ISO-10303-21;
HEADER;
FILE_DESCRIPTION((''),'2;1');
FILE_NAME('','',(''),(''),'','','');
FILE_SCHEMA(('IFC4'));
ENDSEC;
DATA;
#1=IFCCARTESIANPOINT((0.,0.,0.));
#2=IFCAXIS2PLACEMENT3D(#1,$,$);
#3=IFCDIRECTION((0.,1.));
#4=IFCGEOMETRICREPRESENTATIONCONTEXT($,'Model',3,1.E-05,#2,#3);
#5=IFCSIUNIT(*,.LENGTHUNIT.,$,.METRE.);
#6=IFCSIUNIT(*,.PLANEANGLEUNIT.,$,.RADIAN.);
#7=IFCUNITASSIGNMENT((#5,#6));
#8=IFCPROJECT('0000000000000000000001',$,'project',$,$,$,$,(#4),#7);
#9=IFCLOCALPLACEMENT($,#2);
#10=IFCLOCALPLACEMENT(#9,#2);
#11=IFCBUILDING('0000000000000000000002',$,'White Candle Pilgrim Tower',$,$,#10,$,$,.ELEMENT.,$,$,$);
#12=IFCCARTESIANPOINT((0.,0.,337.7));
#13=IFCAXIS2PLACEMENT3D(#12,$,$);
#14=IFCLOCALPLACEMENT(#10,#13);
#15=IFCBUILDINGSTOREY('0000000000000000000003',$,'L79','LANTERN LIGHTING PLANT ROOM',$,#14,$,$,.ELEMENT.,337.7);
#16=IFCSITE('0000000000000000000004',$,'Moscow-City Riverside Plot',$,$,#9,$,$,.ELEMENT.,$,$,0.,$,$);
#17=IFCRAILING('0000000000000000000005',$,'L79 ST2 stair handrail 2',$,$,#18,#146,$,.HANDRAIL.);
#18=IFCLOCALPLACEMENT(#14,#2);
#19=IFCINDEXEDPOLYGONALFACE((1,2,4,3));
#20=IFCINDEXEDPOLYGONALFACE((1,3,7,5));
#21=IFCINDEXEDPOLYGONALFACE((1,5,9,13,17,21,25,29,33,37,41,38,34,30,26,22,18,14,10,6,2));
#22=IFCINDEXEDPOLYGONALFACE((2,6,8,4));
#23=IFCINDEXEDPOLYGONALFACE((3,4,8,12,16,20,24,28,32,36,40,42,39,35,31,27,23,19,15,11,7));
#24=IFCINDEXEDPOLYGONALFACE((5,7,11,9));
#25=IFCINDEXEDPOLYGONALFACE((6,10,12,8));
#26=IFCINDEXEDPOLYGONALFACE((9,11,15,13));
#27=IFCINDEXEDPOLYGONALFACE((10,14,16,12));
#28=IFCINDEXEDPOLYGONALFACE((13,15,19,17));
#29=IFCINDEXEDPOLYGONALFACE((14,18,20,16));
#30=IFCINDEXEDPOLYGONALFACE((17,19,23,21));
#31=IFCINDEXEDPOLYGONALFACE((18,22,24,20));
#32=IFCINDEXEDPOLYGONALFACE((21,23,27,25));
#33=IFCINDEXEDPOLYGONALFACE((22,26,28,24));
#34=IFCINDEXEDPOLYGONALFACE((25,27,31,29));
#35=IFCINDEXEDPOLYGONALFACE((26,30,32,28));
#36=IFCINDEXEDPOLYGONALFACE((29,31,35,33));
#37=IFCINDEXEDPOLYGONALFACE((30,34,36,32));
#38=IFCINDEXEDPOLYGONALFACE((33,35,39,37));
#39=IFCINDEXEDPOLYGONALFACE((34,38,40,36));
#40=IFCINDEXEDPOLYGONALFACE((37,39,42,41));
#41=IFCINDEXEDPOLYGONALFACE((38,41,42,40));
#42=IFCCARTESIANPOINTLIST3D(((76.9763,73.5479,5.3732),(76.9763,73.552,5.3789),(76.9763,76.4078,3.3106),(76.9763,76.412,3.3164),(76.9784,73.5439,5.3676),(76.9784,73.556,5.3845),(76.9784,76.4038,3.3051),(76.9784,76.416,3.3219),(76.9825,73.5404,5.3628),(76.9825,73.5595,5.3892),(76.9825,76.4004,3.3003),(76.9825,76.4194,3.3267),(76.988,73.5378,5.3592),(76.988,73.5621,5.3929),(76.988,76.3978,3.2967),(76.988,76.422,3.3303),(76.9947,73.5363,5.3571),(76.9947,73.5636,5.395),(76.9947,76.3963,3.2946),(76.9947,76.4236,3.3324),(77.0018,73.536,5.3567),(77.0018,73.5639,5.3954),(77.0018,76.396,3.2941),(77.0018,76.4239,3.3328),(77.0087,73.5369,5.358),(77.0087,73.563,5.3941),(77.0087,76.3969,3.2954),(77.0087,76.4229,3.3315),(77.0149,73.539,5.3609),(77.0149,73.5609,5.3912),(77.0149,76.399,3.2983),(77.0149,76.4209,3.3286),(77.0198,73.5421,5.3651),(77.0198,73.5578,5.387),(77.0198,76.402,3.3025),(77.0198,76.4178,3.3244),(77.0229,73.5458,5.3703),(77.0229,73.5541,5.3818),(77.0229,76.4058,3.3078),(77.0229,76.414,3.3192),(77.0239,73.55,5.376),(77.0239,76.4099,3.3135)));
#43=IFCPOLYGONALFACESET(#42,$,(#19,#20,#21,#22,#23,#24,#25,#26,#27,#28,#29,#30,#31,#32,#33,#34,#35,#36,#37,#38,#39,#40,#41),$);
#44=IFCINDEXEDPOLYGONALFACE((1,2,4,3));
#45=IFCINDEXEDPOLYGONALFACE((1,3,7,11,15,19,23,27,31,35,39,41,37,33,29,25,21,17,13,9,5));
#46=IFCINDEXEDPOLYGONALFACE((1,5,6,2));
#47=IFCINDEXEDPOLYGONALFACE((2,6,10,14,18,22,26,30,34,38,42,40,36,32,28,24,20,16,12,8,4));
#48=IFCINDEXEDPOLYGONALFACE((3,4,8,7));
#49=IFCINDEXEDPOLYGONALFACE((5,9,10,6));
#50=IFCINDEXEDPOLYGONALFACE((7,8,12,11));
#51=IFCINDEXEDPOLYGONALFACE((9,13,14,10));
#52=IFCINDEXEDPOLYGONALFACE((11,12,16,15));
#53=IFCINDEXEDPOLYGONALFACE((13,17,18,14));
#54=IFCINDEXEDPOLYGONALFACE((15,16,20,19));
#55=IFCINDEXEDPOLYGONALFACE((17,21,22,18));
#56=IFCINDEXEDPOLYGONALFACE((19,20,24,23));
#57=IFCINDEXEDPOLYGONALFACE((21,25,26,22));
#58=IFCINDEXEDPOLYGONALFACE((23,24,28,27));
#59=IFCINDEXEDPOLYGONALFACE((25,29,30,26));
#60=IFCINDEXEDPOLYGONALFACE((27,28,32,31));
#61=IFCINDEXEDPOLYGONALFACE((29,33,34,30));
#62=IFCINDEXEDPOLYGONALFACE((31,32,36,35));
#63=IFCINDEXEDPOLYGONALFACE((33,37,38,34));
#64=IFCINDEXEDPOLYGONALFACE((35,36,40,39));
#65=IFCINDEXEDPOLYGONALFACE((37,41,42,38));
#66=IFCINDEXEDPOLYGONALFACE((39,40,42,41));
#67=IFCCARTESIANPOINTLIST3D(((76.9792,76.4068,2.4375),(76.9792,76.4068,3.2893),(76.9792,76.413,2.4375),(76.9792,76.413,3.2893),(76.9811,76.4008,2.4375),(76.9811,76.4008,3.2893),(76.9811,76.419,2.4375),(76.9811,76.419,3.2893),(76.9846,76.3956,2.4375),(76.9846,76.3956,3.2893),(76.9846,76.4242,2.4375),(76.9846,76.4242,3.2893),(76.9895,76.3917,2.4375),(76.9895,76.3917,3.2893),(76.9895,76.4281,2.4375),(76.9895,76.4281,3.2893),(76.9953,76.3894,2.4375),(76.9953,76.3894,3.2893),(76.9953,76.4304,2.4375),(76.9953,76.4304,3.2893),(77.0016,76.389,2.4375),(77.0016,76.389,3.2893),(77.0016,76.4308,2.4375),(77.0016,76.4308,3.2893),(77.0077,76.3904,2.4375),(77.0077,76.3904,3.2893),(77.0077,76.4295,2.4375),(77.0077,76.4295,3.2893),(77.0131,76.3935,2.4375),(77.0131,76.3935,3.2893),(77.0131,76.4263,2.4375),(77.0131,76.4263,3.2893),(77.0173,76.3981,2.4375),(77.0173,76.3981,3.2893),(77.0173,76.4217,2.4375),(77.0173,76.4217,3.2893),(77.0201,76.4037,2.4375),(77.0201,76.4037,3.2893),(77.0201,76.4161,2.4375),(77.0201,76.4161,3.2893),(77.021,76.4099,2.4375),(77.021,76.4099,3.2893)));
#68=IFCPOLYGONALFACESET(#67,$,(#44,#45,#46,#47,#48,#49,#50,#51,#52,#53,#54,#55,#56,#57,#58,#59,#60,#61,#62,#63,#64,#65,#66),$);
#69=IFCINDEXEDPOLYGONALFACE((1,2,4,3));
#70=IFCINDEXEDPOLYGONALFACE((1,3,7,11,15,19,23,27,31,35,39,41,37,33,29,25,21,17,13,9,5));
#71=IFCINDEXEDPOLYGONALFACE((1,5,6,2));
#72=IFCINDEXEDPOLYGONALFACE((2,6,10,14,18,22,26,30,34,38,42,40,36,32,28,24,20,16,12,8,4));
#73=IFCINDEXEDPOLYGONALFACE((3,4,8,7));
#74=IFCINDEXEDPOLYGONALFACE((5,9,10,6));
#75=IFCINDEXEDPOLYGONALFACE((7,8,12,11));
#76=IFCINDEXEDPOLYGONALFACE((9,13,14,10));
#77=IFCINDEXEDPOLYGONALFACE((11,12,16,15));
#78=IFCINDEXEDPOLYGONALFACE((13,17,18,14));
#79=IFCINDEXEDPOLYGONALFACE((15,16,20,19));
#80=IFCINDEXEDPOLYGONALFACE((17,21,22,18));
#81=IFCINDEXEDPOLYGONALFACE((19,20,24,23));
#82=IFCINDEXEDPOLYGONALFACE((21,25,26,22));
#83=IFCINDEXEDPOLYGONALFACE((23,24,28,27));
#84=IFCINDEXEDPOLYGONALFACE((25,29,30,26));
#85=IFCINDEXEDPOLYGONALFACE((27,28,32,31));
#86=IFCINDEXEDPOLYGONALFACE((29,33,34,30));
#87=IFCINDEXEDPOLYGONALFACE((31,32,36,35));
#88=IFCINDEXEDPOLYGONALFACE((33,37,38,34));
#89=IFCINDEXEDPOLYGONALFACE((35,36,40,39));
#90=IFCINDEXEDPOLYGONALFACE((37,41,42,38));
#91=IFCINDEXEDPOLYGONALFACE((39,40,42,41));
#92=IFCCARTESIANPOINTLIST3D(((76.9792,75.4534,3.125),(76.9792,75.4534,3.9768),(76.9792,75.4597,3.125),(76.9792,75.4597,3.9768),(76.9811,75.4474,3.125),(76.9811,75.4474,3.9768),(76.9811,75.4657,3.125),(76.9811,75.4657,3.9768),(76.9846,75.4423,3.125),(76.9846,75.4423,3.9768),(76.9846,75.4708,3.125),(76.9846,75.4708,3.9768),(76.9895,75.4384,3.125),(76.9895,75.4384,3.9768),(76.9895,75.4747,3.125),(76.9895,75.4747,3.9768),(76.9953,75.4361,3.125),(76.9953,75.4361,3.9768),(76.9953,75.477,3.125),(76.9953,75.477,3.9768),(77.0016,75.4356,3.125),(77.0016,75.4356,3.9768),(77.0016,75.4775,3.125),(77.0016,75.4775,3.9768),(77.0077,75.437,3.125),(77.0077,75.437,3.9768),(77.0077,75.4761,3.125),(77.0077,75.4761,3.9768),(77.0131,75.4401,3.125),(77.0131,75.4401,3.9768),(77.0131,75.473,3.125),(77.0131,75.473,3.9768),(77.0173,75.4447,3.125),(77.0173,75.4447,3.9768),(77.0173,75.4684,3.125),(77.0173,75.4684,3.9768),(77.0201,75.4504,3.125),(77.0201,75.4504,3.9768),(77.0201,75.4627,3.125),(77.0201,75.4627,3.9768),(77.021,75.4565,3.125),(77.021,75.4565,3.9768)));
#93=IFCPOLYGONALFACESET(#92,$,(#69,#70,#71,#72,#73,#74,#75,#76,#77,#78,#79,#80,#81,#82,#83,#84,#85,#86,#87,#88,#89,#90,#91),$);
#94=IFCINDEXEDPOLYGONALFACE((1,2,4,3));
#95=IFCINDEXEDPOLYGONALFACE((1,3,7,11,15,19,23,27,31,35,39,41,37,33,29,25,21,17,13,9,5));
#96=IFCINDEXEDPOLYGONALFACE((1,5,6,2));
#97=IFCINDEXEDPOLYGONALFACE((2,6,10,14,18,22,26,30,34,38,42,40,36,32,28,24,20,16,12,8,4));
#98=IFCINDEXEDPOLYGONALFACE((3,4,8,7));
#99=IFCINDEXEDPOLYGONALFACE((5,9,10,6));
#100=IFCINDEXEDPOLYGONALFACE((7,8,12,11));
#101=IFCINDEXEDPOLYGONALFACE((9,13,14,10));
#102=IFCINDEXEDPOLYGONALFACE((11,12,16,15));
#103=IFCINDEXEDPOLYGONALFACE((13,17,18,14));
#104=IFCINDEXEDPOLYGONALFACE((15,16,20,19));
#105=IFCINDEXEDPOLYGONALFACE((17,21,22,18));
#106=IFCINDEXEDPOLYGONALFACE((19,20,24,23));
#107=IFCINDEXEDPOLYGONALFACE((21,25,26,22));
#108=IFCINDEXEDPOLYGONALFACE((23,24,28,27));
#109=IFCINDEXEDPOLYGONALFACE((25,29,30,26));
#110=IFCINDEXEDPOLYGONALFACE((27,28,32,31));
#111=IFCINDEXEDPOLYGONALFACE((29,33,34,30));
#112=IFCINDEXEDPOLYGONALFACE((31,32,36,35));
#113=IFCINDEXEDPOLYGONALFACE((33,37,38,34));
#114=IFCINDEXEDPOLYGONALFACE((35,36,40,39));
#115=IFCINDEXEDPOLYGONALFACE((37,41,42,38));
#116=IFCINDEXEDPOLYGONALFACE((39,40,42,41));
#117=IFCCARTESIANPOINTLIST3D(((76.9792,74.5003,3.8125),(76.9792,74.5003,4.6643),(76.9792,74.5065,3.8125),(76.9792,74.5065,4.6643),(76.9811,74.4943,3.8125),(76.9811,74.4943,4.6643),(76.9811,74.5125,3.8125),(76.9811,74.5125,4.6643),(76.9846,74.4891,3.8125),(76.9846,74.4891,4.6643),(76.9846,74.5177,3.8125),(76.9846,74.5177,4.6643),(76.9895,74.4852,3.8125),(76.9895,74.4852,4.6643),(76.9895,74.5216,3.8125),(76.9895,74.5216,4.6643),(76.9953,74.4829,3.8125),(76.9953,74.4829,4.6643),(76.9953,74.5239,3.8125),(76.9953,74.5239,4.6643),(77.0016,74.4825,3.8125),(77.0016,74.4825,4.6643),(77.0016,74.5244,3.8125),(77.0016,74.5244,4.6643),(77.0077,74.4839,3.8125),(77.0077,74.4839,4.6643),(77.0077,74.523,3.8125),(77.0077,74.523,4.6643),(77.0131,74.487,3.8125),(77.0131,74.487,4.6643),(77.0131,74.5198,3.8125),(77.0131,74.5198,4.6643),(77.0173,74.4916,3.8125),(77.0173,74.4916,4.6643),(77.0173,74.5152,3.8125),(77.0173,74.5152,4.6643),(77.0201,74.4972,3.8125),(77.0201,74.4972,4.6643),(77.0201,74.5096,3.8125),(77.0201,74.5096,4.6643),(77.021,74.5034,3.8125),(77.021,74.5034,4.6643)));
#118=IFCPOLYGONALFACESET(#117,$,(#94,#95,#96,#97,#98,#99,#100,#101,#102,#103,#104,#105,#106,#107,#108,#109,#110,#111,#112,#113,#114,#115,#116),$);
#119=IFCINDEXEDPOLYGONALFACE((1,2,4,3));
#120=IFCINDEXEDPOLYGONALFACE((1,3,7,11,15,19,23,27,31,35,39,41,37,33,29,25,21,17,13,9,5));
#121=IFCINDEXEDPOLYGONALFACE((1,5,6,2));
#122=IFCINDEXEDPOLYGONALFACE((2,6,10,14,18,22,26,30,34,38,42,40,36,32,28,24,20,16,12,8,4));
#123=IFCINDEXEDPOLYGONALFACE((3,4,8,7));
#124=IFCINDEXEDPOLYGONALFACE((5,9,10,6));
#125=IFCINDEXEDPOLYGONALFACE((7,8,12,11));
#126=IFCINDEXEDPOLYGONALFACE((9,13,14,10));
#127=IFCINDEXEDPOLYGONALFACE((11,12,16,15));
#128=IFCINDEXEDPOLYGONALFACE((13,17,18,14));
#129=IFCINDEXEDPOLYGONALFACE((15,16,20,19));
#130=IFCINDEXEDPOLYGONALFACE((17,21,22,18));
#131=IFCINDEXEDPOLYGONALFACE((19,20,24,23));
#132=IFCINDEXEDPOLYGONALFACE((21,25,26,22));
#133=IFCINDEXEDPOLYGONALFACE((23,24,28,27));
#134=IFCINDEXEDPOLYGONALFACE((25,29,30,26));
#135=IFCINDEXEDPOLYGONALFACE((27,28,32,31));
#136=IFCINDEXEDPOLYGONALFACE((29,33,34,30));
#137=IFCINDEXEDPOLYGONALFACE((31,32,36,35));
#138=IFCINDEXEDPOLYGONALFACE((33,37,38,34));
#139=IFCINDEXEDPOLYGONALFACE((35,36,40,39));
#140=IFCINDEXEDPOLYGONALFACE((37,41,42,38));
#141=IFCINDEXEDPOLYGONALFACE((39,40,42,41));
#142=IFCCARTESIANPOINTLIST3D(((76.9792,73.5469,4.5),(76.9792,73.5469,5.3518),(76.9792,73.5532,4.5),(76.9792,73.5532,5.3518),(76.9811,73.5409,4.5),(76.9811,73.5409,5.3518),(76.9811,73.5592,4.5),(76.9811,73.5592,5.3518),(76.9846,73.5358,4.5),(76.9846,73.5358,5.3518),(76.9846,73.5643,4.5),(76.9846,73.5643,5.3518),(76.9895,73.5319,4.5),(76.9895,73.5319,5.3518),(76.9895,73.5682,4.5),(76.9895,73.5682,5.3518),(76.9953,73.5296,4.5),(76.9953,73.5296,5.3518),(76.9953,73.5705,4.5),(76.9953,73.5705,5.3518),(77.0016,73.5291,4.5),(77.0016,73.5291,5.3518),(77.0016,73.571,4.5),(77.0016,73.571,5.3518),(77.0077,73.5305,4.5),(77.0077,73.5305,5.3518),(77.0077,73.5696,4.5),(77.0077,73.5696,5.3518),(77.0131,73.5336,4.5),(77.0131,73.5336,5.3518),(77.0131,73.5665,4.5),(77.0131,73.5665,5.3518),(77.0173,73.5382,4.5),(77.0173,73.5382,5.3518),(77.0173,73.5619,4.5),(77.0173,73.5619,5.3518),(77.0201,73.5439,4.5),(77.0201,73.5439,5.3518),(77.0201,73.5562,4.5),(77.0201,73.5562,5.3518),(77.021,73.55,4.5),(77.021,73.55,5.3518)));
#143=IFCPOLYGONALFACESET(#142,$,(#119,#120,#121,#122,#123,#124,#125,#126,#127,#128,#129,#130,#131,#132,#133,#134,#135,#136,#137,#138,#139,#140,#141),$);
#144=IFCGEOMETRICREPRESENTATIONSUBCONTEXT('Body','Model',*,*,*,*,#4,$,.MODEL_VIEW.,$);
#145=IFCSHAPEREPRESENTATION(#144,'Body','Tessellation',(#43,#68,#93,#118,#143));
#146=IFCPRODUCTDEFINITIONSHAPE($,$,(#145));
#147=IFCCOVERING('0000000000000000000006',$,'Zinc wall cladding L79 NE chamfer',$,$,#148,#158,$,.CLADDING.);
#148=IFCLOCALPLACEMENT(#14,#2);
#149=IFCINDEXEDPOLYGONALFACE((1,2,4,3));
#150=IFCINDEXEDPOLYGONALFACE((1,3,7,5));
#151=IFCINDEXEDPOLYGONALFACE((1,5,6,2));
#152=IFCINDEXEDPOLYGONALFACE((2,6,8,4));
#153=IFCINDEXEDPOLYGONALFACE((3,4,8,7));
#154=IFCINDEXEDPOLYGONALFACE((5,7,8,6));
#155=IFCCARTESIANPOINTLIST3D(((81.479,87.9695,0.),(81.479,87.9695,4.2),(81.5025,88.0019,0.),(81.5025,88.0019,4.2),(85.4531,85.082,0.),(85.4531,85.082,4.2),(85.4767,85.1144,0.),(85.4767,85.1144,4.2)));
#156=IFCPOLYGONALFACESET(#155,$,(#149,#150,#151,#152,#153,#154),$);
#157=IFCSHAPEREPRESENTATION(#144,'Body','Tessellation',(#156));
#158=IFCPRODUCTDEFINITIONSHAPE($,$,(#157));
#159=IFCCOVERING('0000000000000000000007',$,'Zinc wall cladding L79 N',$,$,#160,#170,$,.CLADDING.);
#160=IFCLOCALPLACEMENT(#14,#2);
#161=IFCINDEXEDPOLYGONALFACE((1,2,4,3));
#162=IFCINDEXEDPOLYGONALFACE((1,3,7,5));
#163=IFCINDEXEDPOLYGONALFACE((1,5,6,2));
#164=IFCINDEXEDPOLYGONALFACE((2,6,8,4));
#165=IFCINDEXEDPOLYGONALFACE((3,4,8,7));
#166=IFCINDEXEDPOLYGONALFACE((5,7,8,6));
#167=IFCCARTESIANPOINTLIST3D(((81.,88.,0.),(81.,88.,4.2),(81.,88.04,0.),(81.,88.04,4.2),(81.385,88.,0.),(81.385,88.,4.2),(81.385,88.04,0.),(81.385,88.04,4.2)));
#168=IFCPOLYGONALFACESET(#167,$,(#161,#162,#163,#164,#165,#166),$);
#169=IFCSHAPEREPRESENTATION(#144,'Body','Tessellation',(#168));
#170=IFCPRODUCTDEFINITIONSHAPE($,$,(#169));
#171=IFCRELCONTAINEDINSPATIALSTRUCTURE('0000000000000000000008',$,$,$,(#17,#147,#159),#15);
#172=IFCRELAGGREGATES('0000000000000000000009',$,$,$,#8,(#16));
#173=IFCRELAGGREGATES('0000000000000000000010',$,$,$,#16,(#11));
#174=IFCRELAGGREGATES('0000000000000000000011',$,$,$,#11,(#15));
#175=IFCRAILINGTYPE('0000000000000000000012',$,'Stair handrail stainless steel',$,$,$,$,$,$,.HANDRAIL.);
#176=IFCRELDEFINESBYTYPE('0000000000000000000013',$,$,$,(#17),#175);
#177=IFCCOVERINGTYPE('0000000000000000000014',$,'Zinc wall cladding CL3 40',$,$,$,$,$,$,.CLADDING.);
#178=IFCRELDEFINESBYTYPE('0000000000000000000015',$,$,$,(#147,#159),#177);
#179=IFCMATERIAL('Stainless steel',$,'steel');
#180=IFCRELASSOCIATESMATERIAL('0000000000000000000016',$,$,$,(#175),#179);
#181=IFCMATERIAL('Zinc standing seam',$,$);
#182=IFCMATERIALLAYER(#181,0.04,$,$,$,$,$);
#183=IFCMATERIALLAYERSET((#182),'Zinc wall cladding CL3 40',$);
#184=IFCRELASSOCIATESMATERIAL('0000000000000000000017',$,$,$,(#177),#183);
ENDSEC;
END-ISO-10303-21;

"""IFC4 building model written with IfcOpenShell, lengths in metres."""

from ifc_helpers import new_model, si_unit, direction, frame, origin, origin_2d, place, context, subcontext, project, spatial, polyline, circle, outline, extrude, material, layer, layer_set, type_object, element, save


model = new_model("IFC4")

# Units and contexts
model_context = context("Model", 3, precision=1e-05, world=origin(), true_north=direction((0.0, 1.0)))
body_context = subcontext(model_context, "Body", "Model", "MODEL_VIEW")
ifc_project = project(units=[si_unit("LENGTHUNIT", "METRE"), si_unit("PLANEANGLEUNIT", "RADIAN")], contexts=[model_context])

# Site, building, storey
site_placement = place(None, origin())
site = spatial("IfcSite", under=ifc_project, at=site_placement, Name="Moscow-City Riverside Plot", CompositionType="ELEMENT", RefElevation=0.0)
building_placement = place(site_placement, origin())
building = spatial("IfcBuilding", under=site, at=building_placement, Name="White Candle Pilgrim Tower", CompositionType="ELEMENT")
storey_placement = place(building_placement, frame((0.0, 0.0, 337.7)))
storey = spatial("IfcBuildingStorey", under=building, at=storey_placement, Name="L79", Description="LANTERN LIGHTING PLANT ROOM", CompositionType="ELEMENT", Elevation=337.7)

# Railing
ifc_material_1 = material(Name="Stainless steel", Category="steel")
railing_type_1 = type_object("IfcRailingType", Name="Stair handrail stainless steel", PredefinedType="HANDRAIL", material=ifc_material_1)
railing_1_placement = place(storey_placement, frame((77.0, 76.4099, 2.4375)))
element("IfcRailing", 1, at=railing_1_placement, inside=storey, type_object=railing_type_1, Name="L79 ST2 stair handrail 2", PredefinedType="HANDRAIL", context=body_context, shape_type="SweptSolid", body=[
    extrude(circle(Radius=0.0239, at=origin_2d()), frame((0.0, 0.0, 0.876), z_axis=(0.0, -0.811077, 0.584939), x_axis=(1.0, 0.0, 0.0)), (0.0, 0.0, 1.0), 3.5261),
    extrude(circle(Radius=0.021, at=origin_2d()), origin(), (0.0, 0.0, 1.0), 0.8518),
    extrude(circle(Radius=0.021, at=origin_2d()), frame((0.0, -0.9534, 0.6875)), (0.0, 0.0, 1.0), 0.8518),
    extrude(circle(Radius=0.021, at=origin_2d()), frame((0.0, -1.9065, 1.375)), (0.0, 0.0, 1.0), 0.8518),
    extrude(circle(Radius=0.021, at=origin_2d()), frame((0.0, -2.8599, 2.0625)), (0.0, 0.0, 1.0), 0.8518),
])

# Coverings
ifc_material_2 = material(Name="Zinc standing seam")
ifc_layer_1 = layer(ifc_material_2, 0.04)
ifc_layer_set_1 = layer_set([ifc_layer_1], Name="Zinc wall cladding CL3 40")
covering_type = type_object("IfcCoveringType", Name="Zinc wall cladding CL3 40", PredefinedType="CLADDING", material=ifc_layer_set_1)
covering_1_placement = place(storey_placement, frame((85.4531, 85.082, 4.2), z_axis=(-0.587796, -0.809009, 0.0), x_axis=(-0.809009, 0.587796, 0.0)))
element("IfcCovering", 2, at=covering_1_placement, inside=storey, type_object=covering_type, Name="Zinc wall cladding L79 NE chamfer", PredefinedType="CLADDING", context=body_context, shape_type="SweptSolid", body=[
    extrude(outline(polyline([(0.0, 0.0), (4.9123, 0.0), (4.9123, 4.2), (0.0, 4.2), (0.0, 0.0)])), origin(), (0.0, 0.0, -1.0), 0.04),
])
covering_2_placement = place(storey_placement, frame((81.385, 88.0, 4.2), z_axis=(0.0, -1.0, 0.0), x_axis=(-1.0, 0.0, 0.0)))
element("IfcCovering", 3, at=covering_2_placement, inside=storey, type_object=covering_type, Name="Zinc wall cladding L79 N", PredefinedType="CLADDING", context=body_context, shape_type="SweptSolid", body=[
    extrude(outline(polyline([(0.0, 0.0), (0.385, 0.0), (0.385, 4.2), (0.0, 4.2), (0.0, 0.0)])), origin(), (0.0, 0.0, -1.0), 0.04),
])

save(model, "model.ifc")
